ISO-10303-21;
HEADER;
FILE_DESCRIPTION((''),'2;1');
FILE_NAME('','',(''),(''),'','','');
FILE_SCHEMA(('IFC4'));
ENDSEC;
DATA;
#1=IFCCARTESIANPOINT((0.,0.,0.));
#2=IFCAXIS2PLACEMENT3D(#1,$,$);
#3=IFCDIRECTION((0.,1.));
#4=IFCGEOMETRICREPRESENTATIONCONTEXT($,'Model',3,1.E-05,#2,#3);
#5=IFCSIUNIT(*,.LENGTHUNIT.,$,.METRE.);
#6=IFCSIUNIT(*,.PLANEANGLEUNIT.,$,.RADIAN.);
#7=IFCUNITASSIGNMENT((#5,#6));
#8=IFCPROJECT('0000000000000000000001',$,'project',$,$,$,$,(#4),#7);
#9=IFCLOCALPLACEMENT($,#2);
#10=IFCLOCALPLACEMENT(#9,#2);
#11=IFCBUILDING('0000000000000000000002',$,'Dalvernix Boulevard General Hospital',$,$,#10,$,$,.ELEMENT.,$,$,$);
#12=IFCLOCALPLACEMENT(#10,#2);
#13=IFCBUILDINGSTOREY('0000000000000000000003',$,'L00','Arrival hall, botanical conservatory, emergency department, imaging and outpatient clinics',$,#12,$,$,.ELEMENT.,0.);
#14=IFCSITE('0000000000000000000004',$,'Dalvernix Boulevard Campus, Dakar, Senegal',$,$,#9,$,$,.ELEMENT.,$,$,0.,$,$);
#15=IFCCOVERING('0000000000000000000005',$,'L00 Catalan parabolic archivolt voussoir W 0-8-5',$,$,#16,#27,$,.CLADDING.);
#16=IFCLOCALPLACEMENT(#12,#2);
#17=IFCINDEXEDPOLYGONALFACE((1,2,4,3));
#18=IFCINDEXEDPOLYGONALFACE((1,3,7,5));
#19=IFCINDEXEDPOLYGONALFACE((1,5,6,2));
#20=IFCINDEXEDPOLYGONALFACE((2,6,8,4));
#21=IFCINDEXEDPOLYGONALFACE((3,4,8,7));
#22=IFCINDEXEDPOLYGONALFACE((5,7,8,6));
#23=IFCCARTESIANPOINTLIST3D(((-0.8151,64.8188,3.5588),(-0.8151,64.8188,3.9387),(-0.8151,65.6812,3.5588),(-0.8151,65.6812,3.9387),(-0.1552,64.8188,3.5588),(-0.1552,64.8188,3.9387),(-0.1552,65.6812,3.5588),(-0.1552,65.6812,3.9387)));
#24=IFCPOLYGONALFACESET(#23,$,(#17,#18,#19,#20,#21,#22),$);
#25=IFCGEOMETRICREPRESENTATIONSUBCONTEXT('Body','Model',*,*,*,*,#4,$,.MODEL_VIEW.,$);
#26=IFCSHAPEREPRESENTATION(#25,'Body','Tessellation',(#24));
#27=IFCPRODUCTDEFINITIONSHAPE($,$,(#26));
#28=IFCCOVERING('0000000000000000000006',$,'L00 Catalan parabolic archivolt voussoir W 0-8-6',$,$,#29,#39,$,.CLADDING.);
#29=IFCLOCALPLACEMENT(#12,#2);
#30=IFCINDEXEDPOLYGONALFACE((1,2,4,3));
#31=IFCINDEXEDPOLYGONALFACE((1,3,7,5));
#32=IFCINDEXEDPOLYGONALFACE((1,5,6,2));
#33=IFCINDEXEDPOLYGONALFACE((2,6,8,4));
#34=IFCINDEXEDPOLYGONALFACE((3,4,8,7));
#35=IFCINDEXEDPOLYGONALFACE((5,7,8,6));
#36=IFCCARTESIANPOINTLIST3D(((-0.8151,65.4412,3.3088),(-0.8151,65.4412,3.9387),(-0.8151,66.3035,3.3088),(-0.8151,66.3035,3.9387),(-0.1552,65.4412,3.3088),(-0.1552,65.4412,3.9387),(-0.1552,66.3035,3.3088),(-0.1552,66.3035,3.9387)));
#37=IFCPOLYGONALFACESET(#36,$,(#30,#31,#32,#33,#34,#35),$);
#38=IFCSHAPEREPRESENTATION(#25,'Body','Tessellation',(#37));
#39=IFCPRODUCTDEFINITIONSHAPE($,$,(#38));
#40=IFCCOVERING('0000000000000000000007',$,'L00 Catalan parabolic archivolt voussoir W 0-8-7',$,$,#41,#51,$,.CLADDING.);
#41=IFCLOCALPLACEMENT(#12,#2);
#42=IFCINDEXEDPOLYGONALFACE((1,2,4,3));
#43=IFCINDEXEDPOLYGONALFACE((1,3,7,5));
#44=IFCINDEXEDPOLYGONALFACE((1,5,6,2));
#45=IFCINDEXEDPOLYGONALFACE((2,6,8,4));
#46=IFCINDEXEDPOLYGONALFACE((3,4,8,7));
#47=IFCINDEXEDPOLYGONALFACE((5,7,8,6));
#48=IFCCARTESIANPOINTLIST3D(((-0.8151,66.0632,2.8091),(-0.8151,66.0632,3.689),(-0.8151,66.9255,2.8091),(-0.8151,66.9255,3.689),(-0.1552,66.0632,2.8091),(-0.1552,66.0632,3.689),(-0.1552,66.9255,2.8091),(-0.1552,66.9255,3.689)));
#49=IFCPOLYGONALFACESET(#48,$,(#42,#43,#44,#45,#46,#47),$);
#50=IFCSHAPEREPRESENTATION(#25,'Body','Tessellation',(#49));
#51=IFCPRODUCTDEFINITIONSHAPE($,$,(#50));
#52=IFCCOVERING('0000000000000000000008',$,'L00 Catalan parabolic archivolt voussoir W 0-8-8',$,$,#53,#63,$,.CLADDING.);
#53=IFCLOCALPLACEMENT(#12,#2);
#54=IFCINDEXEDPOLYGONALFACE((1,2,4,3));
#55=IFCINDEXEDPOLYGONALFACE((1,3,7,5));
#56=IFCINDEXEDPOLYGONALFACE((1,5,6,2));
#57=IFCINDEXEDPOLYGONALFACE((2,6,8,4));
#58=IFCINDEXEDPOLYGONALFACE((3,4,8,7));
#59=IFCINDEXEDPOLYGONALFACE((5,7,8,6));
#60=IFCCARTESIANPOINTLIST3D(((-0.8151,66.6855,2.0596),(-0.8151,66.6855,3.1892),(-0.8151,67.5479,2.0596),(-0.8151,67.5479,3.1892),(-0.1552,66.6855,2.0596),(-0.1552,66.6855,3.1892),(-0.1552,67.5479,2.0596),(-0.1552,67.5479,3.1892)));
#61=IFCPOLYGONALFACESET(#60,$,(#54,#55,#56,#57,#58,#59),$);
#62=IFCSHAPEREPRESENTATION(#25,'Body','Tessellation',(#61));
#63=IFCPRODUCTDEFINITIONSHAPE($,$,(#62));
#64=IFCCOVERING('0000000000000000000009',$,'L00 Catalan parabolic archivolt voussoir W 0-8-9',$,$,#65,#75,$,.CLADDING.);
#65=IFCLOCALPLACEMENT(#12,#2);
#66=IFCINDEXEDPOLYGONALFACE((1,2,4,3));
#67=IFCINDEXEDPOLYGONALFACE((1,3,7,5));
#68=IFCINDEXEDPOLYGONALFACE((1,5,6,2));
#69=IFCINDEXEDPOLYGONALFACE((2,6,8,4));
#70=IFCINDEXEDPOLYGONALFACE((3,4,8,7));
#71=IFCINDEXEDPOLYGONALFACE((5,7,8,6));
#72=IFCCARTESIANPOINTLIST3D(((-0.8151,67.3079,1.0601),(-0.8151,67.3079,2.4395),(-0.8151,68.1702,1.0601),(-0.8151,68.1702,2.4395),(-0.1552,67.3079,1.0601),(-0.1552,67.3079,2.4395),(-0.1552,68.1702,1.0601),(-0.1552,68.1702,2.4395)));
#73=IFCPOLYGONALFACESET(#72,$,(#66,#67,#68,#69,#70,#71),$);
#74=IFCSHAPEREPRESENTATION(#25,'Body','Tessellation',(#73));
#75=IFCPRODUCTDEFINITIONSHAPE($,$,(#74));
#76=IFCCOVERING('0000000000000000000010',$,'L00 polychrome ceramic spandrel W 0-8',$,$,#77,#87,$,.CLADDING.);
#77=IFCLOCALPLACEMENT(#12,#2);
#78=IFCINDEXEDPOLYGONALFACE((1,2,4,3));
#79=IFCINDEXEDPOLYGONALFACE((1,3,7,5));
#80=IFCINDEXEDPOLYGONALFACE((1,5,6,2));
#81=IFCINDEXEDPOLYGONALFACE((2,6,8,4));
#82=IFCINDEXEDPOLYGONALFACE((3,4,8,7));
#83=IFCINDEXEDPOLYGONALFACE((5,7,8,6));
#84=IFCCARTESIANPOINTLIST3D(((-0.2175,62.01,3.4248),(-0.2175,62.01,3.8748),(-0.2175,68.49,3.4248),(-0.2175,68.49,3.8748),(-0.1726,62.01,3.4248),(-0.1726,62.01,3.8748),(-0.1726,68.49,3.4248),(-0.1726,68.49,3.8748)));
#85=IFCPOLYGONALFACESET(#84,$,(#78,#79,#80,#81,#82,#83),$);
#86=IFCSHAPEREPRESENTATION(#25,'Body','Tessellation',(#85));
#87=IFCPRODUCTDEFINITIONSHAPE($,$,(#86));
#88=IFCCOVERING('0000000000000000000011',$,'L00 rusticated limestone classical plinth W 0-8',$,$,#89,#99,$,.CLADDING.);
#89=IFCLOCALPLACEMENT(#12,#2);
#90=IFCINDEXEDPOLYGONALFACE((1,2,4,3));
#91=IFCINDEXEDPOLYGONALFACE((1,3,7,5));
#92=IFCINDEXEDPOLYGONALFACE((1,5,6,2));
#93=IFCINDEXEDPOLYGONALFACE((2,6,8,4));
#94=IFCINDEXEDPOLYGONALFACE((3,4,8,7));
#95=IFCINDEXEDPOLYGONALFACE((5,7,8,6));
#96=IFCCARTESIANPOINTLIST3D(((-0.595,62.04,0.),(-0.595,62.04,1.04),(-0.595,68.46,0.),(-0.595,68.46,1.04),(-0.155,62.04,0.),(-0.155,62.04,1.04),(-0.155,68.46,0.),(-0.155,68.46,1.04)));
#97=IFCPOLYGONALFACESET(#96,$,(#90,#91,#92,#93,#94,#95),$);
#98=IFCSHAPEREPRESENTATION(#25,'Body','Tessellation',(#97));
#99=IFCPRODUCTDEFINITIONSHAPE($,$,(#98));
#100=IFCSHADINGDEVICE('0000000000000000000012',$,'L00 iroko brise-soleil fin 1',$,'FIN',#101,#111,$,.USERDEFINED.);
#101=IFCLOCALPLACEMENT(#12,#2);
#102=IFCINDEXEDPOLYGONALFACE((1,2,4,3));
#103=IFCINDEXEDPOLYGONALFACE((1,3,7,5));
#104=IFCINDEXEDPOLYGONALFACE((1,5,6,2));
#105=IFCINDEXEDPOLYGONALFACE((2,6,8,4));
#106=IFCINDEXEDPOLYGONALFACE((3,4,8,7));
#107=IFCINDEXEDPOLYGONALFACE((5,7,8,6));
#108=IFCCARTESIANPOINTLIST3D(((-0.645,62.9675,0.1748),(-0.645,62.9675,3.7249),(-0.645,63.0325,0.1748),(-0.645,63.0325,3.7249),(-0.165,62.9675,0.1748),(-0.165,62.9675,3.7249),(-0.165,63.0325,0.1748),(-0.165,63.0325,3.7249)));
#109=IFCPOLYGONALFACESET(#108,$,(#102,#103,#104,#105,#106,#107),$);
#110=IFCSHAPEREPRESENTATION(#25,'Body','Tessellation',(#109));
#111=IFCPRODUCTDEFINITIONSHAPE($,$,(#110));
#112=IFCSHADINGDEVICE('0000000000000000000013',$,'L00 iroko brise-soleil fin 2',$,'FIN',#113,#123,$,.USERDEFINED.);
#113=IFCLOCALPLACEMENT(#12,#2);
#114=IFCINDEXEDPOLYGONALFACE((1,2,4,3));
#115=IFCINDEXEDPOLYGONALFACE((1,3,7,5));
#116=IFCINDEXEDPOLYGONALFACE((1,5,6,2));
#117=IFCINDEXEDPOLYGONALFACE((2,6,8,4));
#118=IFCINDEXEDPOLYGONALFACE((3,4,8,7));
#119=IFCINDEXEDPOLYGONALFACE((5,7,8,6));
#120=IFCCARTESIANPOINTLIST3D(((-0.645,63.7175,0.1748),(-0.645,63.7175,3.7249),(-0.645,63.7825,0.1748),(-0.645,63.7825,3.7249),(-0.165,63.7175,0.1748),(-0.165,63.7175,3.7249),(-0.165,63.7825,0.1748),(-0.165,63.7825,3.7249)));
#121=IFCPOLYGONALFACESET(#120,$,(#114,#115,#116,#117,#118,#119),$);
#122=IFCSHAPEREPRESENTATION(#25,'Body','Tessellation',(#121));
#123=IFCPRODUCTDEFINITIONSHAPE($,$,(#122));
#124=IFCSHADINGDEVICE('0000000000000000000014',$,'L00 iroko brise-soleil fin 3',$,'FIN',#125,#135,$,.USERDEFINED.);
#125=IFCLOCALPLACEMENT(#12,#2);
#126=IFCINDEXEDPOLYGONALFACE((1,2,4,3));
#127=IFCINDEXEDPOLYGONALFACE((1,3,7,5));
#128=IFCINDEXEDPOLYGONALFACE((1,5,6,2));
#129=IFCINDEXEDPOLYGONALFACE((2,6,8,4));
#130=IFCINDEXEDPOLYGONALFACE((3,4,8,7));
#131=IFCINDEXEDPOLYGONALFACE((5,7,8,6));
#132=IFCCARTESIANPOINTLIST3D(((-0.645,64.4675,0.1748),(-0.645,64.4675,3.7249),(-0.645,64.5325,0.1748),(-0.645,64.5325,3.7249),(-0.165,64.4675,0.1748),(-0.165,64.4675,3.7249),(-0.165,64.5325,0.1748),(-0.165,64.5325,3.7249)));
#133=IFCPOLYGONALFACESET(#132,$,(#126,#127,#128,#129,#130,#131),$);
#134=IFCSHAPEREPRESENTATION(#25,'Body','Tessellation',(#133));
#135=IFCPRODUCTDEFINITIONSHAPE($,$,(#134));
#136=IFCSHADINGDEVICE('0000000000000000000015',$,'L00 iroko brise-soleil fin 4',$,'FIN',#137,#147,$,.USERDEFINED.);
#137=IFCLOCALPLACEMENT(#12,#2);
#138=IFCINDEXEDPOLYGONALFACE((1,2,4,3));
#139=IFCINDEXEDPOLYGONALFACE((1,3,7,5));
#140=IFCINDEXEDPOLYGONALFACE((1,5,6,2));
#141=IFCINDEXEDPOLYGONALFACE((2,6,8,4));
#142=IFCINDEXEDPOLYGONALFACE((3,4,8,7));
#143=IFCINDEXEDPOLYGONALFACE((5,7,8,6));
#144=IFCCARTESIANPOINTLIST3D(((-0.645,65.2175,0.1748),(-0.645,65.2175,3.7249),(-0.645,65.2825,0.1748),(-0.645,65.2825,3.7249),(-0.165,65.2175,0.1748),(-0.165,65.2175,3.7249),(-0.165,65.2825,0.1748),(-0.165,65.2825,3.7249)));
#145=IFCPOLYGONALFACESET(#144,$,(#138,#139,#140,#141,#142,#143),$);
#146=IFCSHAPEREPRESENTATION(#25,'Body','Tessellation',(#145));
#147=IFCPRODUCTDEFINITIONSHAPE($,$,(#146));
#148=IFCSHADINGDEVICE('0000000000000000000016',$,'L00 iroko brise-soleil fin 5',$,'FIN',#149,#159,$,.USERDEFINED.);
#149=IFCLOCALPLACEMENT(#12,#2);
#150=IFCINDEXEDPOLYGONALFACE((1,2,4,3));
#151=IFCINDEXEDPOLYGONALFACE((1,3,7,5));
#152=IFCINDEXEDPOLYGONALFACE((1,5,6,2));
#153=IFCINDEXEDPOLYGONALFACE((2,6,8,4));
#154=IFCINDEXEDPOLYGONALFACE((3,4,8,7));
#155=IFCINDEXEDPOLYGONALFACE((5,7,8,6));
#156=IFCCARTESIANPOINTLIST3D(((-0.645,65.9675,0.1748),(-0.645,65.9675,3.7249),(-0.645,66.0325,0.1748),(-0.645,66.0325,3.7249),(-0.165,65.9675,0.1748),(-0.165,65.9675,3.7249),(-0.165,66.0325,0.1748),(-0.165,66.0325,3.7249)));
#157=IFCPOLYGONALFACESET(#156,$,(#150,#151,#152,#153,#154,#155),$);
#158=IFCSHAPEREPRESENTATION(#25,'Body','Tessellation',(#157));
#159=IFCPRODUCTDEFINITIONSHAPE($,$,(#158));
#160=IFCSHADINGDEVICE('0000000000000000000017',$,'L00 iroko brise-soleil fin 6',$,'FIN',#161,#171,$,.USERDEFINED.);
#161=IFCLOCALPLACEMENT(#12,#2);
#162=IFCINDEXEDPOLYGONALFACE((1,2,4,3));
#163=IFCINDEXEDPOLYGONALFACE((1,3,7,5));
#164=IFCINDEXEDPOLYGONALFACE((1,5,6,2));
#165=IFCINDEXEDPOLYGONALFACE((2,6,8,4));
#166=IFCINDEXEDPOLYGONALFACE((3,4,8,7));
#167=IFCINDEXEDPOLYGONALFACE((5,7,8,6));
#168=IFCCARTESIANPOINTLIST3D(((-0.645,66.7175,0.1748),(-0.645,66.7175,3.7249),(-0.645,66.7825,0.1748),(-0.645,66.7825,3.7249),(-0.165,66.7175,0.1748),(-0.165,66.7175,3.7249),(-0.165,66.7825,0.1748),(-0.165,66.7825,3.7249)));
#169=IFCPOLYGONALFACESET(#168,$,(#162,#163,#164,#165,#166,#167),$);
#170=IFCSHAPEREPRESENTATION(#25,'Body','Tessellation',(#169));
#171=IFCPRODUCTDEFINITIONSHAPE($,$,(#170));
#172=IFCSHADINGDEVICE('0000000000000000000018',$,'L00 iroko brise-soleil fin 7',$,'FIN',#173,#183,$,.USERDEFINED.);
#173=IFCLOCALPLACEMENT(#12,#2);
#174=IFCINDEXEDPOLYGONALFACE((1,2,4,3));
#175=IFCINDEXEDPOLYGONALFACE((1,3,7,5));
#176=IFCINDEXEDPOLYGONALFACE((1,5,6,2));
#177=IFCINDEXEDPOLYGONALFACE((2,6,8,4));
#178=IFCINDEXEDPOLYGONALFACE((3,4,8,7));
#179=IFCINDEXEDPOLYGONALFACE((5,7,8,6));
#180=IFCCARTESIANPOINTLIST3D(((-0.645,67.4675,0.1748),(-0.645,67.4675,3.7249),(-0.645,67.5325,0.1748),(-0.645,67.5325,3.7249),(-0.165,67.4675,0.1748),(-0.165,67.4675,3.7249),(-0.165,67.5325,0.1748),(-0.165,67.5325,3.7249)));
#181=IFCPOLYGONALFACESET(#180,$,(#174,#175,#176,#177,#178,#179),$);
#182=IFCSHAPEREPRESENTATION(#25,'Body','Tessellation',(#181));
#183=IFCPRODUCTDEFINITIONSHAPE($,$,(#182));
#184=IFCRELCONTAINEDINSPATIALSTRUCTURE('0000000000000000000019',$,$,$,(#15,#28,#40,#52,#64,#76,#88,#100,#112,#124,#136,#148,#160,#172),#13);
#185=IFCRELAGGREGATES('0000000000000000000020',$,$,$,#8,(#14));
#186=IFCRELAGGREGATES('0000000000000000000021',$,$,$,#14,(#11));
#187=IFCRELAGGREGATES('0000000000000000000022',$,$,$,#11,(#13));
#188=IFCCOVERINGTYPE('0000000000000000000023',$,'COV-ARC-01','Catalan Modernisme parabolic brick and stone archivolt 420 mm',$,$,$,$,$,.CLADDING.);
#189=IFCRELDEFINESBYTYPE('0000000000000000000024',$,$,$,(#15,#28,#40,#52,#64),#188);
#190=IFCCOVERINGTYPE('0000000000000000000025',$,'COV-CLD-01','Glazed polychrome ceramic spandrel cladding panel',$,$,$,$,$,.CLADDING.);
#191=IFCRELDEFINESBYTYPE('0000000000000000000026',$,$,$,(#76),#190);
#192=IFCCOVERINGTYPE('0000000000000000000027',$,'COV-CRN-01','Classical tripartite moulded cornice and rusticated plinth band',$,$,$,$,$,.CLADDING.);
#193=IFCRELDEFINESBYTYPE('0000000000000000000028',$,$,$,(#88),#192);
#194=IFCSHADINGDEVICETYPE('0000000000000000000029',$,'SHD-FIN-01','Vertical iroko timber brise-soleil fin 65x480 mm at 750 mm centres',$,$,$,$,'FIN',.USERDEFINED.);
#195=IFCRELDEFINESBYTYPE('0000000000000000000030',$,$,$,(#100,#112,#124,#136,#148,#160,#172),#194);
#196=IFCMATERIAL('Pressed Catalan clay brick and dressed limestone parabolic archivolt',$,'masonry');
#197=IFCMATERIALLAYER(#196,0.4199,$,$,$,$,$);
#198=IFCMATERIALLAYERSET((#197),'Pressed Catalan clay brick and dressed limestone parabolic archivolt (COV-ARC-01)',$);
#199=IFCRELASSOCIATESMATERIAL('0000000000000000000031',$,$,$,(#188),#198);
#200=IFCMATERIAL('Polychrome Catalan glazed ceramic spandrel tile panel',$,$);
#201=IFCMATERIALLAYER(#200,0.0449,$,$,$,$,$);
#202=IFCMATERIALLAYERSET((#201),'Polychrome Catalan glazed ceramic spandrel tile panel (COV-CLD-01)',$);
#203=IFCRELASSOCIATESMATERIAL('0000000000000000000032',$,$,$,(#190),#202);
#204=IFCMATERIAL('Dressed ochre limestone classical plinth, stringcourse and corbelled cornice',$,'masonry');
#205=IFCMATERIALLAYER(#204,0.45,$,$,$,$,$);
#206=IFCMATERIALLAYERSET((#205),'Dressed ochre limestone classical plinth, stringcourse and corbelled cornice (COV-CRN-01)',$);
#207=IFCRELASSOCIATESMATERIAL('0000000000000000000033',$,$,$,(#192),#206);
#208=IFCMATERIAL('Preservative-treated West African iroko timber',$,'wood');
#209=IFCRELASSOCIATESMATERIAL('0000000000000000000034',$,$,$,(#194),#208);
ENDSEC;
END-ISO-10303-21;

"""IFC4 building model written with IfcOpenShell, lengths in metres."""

from ifc_helpers import new_model, si_unit, direction, frame, origin, origin_2d, place, context, subcontext, project, spatial, rectangle, extrude, material, layer, layer_set, type_object, element, save


model = new_model("IFC4")

# Units and contexts
model_context = context("Model", 3, precision=1e-05, world=origin(), true_north=direction((0.0, 1.0)))
body_context = subcontext(model_context, "Body", "Model", "MODEL_VIEW")
ifc_project = project(units=[si_unit("LENGTHUNIT", "METRE"), si_unit("PLANEANGLEUNIT", "RADIAN")], contexts=[model_context])

# Site, building, storey
site_placement = place(None, origin())
site = spatial("IfcSite", under=ifc_project, at=site_placement, Name="Dalvernix Boulevard Campus, Dakar, Senegal", CompositionType="ELEMENT", RefElevation=0.0)
building_placement = place(site_placement, origin())
building = spatial("IfcBuilding", under=site, at=building_placement, Name="Dalvernix Boulevard General Hospital", CompositionType="ELEMENT")
storey_placement = place(building_placement, origin())
storey = spatial("IfcBuildingStorey", under=building, at=storey_placement, Name="L00", Description="Arrival hall, botanical conservatory, emergency department, imaging and outpatient clinics", CompositionType="ELEMENT", Elevation=0.0)

# Coverings
ifc_material_1 = material(Name="Pressed Catalan clay brick and dressed limestone parabolic archivolt", Category="masonry")
ifc_layer_1 = layer(ifc_material_1, 0.4199)
ifc_layer_set_1 = layer_set([ifc_layer_1], Name="Pressed Catalan clay brick and dressed limestone parabolic archivolt (COV-ARC-01)")
covering_type_1 = type_object("IfcCoveringType", Name="COV-ARC-01", Description="Catalan Modernisme parabolic brick and stone archivolt 420 mm", PredefinedType="CLADDING", material=ifc_layer_set_1)
covering_1_placement = place(storey_placement, frame((-0.4851, 65.25, 3.5588), z_axis=(0.0, 0.0, 1.0), x_axis=(0.0, 1.0, 0.0)))
element("IfcCovering", 1, at=covering_1_placement, inside=storey, type_object=covering_type_1, Name="L00 Catalan parabolic archivolt voussoir W 0-8-5", PredefinedType="CLADDING", context=body_context, shape_type="SweptSolid", body=[
    extrude(rectangle(XDim=0.8623, YDim=0.6599, at=origin_2d()), origin(), (0.0, 0.0, 1.0), 0.3799),
])
covering_2_placement = place(storey_placement, frame((-0.4851, 65.8723, 3.3088), z_axis=(0.0, 0.0, 1.0), x_axis=(0.0, 1.0, 0.0)))
element("IfcCovering", 2, at=covering_2_placement, inside=storey, type_object=covering_type_1, Name="L00 Catalan parabolic archivolt voussoir W 0-8-6", PredefinedType="CLADDING", context=body_context, shape_type="SweptSolid", body=[
    extrude(rectangle(XDim=0.8623, YDim=0.6599, at=origin_2d()), origin(), (0.0, 0.0, 1.0), 0.6299),
])
covering_3_placement = place(storey_placement, frame((-0.4851, 66.4944, 2.8091), z_axis=(0.0, 0.0, 1.0), x_axis=(0.0, 1.0, 0.0)))
element("IfcCovering", 3, at=covering_3_placement, inside=storey, type_object=covering_type_1, Name="L00 Catalan parabolic archivolt voussoir W 0-8-7", PredefinedType="CLADDING", context=body_context, shape_type="SweptSolid", body=[
    extrude(rectangle(XDim=0.8623, YDim=0.6599, at=origin_2d()), origin(), (0.0, 0.0, 1.0), 0.8799),
])
covering_4_placement = place(storey_placement, frame((-0.4851, 67.1167, 2.0596), z_axis=(0.0, 0.0, 1.0), x_axis=(0.0, 1.0, 0.0)))
element("IfcCovering", 4, at=covering_4_placement, inside=storey, type_object=covering_type_1, Name="L00 Catalan parabolic archivolt voussoir W 0-8-8", PredefinedType="CLADDING", context=body_context, shape_type="SweptSolid", body=[
    extrude(rectangle(XDim=0.8623, YDim=0.6599, at=origin_2d()), origin(), (0.0, 0.0, 1.0), 1.1296),
])
covering_5_placement = place(storey_placement, frame((-0.4851, 67.739, 1.0601), z_axis=(0.0, 0.0, 1.0), x_axis=(0.0, 1.0, 0.0)))
element("IfcCovering", 5, at=covering_5_placement, inside=storey, type_object=covering_type_1, Name="L00 Catalan parabolic archivolt voussoir W 0-8-9", PredefinedType="CLADDING", context=body_context, shape_type="SweptSolid", body=[
    extrude(rectangle(XDim=0.8623, YDim=0.6599, at=origin_2d()), origin(), (0.0, 0.0, 1.0), 1.3794),
])
ifc_material_2 = material(Name="Polychrome Catalan glazed ceramic spandrel tile panel")
ifc_layer_2 = layer(ifc_material_2, 0.0449)
ifc_layer_set_2 = layer_set([ifc_layer_2], Name="Polychrome Catalan glazed ceramic spandrel tile panel (COV-CLD-01)")
covering_type_2 = type_object("IfcCoveringType", Name="COV-CLD-01", Description="Glazed polychrome ceramic spandrel cladding panel", PredefinedType="CLADDING", material=ifc_layer_set_2)
covering_6_placement = place(storey_placement, frame((-0.1951, 65.25, 3.4248), z_axis=(0.0, 0.0, 1.0), x_axis=(0.0, 1.0, 0.0)))
element("IfcCovering", 6, at=covering_6_placement, inside=storey, type_object=covering_type_2, Name="L00 polychrome ceramic spandrel W 0-8", PredefinedType="CLADDING", context=body_context, shape_type="SweptSolid", body=[
    extrude(rectangle(XDim=6.48, YDim=0.0449, at=origin_2d()), origin(), (0.0, 0.0, 1.0), 0.45),
])
ifc_material_3 = material(Name="Dressed ochre limestone classical plinth, stringcourse and corbelled cornice", Category="masonry")
ifc_layer_3 = layer(ifc_material_3, 0.45)
ifc_layer_set_3 = layer_set([ifc_layer_3], Name="Dressed ochre limestone classical plinth, stringcourse and corbelled cornice (COV-CRN-01)")
covering_type_3 = type_object("IfcCoveringType", Name="COV-CRN-01", Description="Classical tripartite moulded cornice and rusticated plinth band", PredefinedType="CLADDING", material=ifc_layer_set_3)
covering_7_placement = place(storey_placement, frame((-0.375, 65.25, 0.0), z_axis=(0.0, 0.0, 1.0), x_axis=(0.0, 1.0, 0.0)))
element("IfcCovering", 7, at=covering_7_placement, inside=storey, type_object=covering_type_3, Name="L00 rusticated limestone classical plinth W 0-8", PredefinedType="CLADDING", context=body_context, shape_type="SweptSolid", body=[
    extrude(rectangle(XDim=6.4199, YDim=0.4399, at=origin_2d()), origin(), (0.0, 0.0, 1.0), 1.04),
])

# Shading devices
ifc_material_4 = material(Name="Preservative-treated West African iroko timber", Category="wood")
shading_device_type = type_object("IfcShadingDeviceType", Name="SHD-FIN-01", Description="Vertical iroko timber brise-soleil fin 65x480 mm at 750 mm centres", ElementType="FIN", PredefinedType="USERDEFINED", material=ifc_material_4)
for number, where, z_axis, x_axis, name in (
    (8, (-0.405, 63.0, 0.1748), (0.0, 0.0, 1.0), (0.0, 1.0, 0.0), "L00 iroko brise-soleil fin 1"),
    (9, (-0.405, 63.75, 0.1748), (0.0, 0.0, 1.0), (0.0, 1.0, 0.0), "L00 iroko brise-soleil fin 2"),
    (10, (-0.405, 64.5, 0.1748), (0.0, 0.0, 1.0), (0.0, 1.0, 0.0), "L00 iroko brise-soleil fin 3"),
    (11, (-0.405, 65.25, 0.1748), (0.0, 0.0, 1.0), (0.0, 1.0, 0.0), "L00 iroko brise-soleil fin 4"),
    (12, (-0.405, 66.0, 0.1748), (0.0, 0.0, 1.0), (0.0, 1.0, 0.0), "L00 iroko brise-soleil fin 5"),
    (13, (-0.405, 66.75, 0.1748), (0.0, 0.0, 1.0), (0.0, 1.0, 0.0), "L00 iroko brise-soleil fin 6"),
    (14, (-0.405, 67.5, 0.1748), (0.0, 0.0, 1.0), (0.0, 1.0, 0.0), "L00 iroko brise-soleil fin 7"),
):
    element("IfcShadingDevice", number, at=place(storey_placement, frame(where, z_axis=z_axis, x_axis=x_axis)), inside=storey, type_object=shading_device_type, Name=name, ObjectType="FIN", PredefinedType="USERDEFINED", context=body_context, shape_type="SweptSolid", body=[
        extrude(rectangle(XDim=0.0649, YDim=0.48, at=origin_2d()), origin(), (0.0, 0.0, 1.0), 3.55),
    ])

save(model, "model.ifc")
